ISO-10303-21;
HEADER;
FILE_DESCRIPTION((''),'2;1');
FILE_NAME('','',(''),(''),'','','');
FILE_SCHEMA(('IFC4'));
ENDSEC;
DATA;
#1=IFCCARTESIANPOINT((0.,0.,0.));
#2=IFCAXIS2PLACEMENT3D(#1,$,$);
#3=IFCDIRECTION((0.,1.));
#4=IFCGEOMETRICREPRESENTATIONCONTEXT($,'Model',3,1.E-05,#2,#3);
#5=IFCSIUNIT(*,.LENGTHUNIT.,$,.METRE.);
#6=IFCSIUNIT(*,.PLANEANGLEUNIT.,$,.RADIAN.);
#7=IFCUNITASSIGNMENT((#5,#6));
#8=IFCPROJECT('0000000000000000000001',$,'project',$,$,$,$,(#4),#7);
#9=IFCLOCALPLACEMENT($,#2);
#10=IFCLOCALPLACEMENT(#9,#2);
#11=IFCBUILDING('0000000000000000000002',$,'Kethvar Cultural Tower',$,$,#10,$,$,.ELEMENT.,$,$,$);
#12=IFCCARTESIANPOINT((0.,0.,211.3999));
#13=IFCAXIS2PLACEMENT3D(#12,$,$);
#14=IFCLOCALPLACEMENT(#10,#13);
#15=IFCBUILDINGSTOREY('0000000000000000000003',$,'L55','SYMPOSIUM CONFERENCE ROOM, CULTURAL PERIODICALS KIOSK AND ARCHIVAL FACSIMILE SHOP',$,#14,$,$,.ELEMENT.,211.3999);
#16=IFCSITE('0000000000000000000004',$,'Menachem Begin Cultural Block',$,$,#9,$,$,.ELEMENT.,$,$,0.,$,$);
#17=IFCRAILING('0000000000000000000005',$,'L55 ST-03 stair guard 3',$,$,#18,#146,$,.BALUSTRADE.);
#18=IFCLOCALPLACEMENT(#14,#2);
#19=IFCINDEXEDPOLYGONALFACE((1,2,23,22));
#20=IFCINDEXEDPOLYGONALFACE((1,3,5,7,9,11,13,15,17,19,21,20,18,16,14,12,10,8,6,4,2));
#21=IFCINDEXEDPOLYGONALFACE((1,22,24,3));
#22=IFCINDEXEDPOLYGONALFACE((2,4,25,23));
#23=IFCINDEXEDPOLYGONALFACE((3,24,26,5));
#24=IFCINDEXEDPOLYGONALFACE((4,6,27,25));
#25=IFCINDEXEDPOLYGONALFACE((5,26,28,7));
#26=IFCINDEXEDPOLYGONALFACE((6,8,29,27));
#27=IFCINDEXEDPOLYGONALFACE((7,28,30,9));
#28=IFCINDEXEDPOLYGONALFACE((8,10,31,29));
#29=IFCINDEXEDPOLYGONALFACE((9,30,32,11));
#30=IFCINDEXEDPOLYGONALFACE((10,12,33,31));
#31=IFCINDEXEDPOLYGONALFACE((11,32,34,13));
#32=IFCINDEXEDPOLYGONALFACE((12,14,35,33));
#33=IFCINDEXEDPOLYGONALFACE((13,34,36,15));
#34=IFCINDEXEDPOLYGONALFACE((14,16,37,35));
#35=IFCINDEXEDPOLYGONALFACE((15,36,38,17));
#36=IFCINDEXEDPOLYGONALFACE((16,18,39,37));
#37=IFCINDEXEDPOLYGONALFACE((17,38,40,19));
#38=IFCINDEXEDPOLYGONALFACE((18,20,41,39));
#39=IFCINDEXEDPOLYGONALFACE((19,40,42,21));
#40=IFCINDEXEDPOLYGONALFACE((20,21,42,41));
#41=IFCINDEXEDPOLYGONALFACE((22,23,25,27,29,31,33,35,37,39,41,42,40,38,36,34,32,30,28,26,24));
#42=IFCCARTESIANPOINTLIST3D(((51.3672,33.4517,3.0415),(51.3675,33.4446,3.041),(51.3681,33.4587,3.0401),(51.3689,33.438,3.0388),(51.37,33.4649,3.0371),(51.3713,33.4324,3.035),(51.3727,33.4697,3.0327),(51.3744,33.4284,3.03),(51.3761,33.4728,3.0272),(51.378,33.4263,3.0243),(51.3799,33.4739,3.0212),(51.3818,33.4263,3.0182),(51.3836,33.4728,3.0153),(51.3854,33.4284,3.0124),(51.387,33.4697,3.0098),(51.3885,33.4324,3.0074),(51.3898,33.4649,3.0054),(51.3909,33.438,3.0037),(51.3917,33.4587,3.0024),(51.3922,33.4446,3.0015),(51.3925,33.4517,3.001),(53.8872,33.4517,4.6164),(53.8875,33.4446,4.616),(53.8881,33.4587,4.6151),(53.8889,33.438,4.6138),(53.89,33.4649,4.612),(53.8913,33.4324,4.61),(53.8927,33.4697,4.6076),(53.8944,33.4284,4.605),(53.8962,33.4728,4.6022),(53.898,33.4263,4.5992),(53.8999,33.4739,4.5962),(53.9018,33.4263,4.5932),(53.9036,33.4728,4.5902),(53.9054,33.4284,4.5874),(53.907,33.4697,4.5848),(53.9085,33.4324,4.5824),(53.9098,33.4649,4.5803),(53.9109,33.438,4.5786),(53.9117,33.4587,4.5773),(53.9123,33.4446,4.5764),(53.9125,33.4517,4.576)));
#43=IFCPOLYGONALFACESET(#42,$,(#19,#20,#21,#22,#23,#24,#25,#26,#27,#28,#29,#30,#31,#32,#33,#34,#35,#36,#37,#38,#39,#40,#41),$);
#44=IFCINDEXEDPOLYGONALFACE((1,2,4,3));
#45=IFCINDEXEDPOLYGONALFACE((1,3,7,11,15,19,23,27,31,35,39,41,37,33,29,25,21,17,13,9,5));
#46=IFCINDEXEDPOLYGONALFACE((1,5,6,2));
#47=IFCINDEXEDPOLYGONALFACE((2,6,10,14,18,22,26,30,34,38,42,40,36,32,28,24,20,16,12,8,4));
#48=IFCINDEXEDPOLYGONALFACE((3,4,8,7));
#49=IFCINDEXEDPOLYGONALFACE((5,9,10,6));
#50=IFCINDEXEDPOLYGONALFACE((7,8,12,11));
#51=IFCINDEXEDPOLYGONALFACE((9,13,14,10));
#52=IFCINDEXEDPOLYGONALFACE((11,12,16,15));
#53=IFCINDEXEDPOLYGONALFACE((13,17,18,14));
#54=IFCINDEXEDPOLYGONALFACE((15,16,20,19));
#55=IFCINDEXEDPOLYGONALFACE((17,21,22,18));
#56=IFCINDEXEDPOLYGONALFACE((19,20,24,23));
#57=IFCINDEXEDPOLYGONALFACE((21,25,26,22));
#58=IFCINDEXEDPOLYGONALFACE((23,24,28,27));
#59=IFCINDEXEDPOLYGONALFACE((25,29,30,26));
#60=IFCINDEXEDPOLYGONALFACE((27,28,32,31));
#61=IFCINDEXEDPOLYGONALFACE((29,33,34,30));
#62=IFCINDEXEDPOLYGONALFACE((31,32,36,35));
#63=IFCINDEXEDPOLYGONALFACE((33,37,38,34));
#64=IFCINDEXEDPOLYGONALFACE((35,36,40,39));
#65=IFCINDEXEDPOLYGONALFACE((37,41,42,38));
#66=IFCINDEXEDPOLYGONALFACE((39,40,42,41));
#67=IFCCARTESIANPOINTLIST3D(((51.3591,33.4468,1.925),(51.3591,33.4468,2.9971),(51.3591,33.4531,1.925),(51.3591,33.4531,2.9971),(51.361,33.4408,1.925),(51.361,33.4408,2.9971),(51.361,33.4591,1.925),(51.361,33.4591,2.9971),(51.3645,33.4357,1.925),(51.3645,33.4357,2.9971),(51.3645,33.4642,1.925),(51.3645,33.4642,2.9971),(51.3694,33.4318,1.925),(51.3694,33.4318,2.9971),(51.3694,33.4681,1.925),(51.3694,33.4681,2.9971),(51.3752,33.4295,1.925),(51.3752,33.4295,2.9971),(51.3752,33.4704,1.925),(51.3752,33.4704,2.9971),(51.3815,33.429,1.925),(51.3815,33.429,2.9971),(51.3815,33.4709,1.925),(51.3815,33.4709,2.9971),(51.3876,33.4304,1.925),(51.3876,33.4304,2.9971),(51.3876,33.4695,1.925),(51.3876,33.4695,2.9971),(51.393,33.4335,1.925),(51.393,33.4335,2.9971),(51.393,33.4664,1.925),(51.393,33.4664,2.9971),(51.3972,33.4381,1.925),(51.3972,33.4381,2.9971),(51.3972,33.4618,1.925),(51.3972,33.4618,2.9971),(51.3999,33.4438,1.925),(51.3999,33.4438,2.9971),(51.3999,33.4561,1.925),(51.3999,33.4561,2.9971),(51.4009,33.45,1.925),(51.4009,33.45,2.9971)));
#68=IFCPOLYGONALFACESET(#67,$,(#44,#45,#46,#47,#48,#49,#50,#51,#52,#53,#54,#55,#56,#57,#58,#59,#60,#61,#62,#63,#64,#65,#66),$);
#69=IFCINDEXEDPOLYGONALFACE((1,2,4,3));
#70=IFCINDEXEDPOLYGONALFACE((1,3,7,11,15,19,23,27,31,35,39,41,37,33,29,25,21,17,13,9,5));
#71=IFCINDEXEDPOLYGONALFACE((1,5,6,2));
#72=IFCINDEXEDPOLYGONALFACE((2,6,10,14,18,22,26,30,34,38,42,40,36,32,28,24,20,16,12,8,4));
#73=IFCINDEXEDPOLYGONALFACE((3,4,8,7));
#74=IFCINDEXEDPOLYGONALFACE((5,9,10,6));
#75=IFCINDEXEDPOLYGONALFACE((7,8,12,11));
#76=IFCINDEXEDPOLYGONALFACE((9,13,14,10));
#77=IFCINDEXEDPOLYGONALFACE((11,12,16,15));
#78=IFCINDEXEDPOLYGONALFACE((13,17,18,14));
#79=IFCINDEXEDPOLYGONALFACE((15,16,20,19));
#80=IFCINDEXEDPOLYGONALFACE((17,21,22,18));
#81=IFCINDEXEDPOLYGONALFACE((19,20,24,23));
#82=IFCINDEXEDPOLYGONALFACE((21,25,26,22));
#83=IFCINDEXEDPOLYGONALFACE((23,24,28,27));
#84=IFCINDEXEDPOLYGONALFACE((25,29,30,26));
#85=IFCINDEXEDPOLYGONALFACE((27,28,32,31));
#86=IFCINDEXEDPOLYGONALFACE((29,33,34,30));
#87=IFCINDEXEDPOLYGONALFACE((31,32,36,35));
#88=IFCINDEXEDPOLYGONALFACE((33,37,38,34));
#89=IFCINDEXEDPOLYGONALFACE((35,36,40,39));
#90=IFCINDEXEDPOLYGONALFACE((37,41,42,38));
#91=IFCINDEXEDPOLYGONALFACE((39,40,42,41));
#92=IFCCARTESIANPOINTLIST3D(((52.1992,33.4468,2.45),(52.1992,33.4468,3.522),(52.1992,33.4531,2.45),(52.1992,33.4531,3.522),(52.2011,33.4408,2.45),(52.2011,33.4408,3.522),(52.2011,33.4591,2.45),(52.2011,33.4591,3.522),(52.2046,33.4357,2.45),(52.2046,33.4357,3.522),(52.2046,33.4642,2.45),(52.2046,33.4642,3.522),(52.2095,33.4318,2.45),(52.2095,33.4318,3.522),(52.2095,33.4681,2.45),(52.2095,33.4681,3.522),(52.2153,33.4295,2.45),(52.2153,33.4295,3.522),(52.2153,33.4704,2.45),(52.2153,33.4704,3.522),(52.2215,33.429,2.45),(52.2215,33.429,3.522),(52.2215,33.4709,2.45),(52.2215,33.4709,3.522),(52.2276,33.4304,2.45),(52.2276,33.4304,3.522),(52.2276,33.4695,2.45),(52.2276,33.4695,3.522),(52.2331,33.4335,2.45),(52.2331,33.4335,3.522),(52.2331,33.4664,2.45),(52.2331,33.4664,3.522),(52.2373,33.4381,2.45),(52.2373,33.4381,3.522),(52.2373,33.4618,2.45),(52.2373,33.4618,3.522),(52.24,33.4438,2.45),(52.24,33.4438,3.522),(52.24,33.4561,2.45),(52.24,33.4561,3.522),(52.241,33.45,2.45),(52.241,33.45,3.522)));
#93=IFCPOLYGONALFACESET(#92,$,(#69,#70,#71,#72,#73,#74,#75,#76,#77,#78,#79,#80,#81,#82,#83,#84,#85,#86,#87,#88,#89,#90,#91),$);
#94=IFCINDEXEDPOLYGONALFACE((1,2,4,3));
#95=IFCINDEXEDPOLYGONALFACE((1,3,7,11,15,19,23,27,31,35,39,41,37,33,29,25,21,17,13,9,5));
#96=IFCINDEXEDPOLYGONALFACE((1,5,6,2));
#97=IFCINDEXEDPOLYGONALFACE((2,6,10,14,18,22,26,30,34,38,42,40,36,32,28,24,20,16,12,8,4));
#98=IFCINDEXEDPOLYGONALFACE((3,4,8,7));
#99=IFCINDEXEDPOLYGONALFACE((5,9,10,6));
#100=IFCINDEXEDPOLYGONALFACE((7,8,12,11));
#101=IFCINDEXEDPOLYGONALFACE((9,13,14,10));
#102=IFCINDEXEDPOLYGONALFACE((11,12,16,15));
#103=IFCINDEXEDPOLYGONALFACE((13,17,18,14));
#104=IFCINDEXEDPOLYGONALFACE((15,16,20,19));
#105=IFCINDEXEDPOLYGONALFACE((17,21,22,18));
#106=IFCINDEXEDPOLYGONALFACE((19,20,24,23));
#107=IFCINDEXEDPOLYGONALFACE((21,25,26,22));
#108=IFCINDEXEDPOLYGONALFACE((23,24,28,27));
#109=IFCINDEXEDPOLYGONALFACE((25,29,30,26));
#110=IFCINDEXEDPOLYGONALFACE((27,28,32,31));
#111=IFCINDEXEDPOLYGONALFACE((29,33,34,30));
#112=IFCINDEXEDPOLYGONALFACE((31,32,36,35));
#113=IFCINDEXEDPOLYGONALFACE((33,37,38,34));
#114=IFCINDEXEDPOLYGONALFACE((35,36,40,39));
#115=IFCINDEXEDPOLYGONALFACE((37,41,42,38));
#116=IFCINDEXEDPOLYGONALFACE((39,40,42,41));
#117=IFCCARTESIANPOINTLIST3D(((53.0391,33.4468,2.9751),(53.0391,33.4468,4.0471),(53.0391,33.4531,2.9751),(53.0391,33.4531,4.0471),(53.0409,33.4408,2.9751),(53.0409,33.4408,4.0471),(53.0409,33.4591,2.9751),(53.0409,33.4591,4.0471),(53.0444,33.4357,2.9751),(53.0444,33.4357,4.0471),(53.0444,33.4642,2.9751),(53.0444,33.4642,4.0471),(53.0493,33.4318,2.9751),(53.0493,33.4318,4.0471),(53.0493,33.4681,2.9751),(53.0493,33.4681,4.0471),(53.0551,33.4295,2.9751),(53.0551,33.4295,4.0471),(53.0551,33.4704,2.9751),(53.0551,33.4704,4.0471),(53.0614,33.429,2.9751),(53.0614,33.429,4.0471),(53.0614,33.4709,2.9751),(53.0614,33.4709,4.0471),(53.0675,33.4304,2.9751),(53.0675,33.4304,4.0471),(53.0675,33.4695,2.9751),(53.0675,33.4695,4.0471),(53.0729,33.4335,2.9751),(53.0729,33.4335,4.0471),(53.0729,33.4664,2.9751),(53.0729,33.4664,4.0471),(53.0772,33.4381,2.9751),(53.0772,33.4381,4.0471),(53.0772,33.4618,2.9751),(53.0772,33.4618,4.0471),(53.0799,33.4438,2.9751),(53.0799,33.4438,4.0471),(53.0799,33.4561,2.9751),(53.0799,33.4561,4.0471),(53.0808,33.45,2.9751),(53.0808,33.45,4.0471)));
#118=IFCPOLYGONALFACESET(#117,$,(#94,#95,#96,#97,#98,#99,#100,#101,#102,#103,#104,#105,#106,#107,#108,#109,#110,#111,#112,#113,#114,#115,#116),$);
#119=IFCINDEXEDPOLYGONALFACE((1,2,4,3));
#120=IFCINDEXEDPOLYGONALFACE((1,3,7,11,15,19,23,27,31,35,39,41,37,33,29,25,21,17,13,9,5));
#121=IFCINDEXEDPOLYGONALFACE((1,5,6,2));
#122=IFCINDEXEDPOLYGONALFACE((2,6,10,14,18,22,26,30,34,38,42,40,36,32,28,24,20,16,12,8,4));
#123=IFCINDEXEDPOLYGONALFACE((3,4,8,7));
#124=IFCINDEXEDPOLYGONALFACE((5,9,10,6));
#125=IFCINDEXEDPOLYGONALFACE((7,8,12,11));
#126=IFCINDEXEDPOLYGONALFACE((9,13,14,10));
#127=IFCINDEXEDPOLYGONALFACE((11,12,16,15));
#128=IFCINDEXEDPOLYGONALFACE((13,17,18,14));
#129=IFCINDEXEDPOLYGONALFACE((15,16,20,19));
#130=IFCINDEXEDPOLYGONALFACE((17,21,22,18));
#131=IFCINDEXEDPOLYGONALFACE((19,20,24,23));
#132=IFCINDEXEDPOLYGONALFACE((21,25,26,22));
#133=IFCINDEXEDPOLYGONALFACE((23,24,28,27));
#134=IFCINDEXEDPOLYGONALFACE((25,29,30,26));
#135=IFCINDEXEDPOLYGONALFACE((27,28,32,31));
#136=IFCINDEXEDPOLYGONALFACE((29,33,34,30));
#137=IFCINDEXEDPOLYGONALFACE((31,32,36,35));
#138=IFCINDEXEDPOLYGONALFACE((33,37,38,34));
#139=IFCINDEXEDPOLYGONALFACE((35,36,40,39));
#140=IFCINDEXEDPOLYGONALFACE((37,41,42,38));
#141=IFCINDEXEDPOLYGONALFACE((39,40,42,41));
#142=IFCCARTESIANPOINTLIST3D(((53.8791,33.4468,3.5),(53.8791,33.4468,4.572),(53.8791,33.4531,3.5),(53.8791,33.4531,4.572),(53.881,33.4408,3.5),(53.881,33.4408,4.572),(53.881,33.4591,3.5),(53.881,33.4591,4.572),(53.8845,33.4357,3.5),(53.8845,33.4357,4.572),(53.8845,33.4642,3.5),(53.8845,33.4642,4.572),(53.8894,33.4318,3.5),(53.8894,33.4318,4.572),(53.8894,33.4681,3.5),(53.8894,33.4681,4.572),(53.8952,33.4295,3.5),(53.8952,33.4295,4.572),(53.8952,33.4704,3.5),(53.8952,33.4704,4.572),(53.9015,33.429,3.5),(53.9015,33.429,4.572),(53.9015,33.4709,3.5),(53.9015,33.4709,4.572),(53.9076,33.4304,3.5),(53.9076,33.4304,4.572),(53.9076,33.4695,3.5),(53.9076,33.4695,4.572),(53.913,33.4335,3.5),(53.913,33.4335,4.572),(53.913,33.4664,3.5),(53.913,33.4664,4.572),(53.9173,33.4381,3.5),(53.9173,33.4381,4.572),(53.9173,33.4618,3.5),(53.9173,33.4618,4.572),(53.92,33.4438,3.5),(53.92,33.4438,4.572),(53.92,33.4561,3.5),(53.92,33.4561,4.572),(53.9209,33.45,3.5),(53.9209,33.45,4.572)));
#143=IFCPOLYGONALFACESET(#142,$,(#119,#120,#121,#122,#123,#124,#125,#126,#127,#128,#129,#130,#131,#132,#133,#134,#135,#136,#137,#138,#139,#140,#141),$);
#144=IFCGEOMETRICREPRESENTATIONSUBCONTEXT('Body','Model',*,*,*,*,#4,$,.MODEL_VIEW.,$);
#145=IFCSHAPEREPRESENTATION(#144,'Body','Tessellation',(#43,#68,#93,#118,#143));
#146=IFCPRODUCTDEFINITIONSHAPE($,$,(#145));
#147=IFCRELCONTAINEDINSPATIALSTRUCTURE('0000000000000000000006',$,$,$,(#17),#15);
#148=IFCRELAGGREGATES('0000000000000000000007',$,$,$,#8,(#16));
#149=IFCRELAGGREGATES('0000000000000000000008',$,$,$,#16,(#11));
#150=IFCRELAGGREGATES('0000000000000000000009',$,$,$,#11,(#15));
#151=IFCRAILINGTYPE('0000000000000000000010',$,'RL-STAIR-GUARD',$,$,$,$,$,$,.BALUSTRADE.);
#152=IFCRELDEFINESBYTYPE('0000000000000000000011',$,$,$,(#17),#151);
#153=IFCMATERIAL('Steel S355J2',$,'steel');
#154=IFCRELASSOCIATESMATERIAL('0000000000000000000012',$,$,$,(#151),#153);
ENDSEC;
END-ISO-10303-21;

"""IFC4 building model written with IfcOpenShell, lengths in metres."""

from ifc_helpers import new_model, si_unit, direction, frame, origin, origin_2d, place, context, subcontext, project, spatial, circle, extrude, material, type_object, element, save


model = new_model("IFC4")

# Units and contexts
model_context = context("Model", 3, precision=1e-05, world=origin(), true_north=direction((0.0, 1.0)))
body_context = subcontext(model_context, "Body", "Model", "MODEL_VIEW")
ifc_project = project(units=[si_unit("LENGTHUNIT", "METRE"), si_unit("PLANEANGLEUNIT", "RADIAN")], contexts=[model_context])

# Site, building, storey
site_placement = place(None, origin())
site = spatial("IfcSite", under=ifc_project, at=site_placement, Name="Menachem Begin Cultural Block", CompositionType="ELEMENT", RefElevation=0.0)
building_placement = place(site_placement, origin())
building = spatial("IfcBuilding", under=site, at=building_placement, Name="Kethvar Cultural Tower", CompositionType="ELEMENT")
storey_placement = place(building_placement, frame((0.0, 0.0, 211.3999)))
storey = spatial("IfcBuildingStorey", under=building, at=storey_placement, Name="L55", Description="SYMPOSIUM CONFERENCE ROOM, CULTURAL PERIODICALS KIOSK AND ARCHIVAL FACSIMILE SHOP", CompositionType="ELEMENT", Elevation=211.3999)

# Shared definitions
ifc_material_1 = material(Name="Steel S355J2", Category="steel")

# Railing
railing_type_1 = type_object("IfcRailingType", Name="RL-STAIR-GUARD", PredefinedType="BALUSTRADE", material=ifc_material_1)
railing_1_placement = place(storey_placement, frame((51.3799, 33.45, 1.925)))
element("IfcRailing", 1, at=railing_1_placement, inside=storey, type_object=railing_type_1, Name="L55 ST-03 stair guard 3", PredefinedType="BALUSTRADE", context=body_context, shape_type="SweptSolid", body=[
    extrude(circle(Radius=0.0239, at=origin_2d()), frame((0.0, 0.0, 1.0962), z_axis=(0.848008, 0.0, 0.529984), x_axis=(0.0, 1.0, 0.0)), (0.0, 0.0, 1.0), 2.9717),
    extrude(circle(Radius=0.021, at=origin_2d()), origin(), (0.0, 0.0, 1.0), 1.072),
    extrude(circle(Radius=0.021, at=origin_2d()), frame((0.8401, 0.0, 0.5249)), (0.0, 0.0, 1.0), 1.072),
    extrude(circle(Radius=0.021, at=origin_2d()), frame((1.6799, 0.0, 1.05)), (0.0, 0.0, 1.0), 1.072),
    extrude(circle(Radius=0.021, at=origin_2d()), frame((2.52, 0.0, 1.575)), (0.0, 0.0, 1.0), 1.072),
])

save(model, "model.ifc")
